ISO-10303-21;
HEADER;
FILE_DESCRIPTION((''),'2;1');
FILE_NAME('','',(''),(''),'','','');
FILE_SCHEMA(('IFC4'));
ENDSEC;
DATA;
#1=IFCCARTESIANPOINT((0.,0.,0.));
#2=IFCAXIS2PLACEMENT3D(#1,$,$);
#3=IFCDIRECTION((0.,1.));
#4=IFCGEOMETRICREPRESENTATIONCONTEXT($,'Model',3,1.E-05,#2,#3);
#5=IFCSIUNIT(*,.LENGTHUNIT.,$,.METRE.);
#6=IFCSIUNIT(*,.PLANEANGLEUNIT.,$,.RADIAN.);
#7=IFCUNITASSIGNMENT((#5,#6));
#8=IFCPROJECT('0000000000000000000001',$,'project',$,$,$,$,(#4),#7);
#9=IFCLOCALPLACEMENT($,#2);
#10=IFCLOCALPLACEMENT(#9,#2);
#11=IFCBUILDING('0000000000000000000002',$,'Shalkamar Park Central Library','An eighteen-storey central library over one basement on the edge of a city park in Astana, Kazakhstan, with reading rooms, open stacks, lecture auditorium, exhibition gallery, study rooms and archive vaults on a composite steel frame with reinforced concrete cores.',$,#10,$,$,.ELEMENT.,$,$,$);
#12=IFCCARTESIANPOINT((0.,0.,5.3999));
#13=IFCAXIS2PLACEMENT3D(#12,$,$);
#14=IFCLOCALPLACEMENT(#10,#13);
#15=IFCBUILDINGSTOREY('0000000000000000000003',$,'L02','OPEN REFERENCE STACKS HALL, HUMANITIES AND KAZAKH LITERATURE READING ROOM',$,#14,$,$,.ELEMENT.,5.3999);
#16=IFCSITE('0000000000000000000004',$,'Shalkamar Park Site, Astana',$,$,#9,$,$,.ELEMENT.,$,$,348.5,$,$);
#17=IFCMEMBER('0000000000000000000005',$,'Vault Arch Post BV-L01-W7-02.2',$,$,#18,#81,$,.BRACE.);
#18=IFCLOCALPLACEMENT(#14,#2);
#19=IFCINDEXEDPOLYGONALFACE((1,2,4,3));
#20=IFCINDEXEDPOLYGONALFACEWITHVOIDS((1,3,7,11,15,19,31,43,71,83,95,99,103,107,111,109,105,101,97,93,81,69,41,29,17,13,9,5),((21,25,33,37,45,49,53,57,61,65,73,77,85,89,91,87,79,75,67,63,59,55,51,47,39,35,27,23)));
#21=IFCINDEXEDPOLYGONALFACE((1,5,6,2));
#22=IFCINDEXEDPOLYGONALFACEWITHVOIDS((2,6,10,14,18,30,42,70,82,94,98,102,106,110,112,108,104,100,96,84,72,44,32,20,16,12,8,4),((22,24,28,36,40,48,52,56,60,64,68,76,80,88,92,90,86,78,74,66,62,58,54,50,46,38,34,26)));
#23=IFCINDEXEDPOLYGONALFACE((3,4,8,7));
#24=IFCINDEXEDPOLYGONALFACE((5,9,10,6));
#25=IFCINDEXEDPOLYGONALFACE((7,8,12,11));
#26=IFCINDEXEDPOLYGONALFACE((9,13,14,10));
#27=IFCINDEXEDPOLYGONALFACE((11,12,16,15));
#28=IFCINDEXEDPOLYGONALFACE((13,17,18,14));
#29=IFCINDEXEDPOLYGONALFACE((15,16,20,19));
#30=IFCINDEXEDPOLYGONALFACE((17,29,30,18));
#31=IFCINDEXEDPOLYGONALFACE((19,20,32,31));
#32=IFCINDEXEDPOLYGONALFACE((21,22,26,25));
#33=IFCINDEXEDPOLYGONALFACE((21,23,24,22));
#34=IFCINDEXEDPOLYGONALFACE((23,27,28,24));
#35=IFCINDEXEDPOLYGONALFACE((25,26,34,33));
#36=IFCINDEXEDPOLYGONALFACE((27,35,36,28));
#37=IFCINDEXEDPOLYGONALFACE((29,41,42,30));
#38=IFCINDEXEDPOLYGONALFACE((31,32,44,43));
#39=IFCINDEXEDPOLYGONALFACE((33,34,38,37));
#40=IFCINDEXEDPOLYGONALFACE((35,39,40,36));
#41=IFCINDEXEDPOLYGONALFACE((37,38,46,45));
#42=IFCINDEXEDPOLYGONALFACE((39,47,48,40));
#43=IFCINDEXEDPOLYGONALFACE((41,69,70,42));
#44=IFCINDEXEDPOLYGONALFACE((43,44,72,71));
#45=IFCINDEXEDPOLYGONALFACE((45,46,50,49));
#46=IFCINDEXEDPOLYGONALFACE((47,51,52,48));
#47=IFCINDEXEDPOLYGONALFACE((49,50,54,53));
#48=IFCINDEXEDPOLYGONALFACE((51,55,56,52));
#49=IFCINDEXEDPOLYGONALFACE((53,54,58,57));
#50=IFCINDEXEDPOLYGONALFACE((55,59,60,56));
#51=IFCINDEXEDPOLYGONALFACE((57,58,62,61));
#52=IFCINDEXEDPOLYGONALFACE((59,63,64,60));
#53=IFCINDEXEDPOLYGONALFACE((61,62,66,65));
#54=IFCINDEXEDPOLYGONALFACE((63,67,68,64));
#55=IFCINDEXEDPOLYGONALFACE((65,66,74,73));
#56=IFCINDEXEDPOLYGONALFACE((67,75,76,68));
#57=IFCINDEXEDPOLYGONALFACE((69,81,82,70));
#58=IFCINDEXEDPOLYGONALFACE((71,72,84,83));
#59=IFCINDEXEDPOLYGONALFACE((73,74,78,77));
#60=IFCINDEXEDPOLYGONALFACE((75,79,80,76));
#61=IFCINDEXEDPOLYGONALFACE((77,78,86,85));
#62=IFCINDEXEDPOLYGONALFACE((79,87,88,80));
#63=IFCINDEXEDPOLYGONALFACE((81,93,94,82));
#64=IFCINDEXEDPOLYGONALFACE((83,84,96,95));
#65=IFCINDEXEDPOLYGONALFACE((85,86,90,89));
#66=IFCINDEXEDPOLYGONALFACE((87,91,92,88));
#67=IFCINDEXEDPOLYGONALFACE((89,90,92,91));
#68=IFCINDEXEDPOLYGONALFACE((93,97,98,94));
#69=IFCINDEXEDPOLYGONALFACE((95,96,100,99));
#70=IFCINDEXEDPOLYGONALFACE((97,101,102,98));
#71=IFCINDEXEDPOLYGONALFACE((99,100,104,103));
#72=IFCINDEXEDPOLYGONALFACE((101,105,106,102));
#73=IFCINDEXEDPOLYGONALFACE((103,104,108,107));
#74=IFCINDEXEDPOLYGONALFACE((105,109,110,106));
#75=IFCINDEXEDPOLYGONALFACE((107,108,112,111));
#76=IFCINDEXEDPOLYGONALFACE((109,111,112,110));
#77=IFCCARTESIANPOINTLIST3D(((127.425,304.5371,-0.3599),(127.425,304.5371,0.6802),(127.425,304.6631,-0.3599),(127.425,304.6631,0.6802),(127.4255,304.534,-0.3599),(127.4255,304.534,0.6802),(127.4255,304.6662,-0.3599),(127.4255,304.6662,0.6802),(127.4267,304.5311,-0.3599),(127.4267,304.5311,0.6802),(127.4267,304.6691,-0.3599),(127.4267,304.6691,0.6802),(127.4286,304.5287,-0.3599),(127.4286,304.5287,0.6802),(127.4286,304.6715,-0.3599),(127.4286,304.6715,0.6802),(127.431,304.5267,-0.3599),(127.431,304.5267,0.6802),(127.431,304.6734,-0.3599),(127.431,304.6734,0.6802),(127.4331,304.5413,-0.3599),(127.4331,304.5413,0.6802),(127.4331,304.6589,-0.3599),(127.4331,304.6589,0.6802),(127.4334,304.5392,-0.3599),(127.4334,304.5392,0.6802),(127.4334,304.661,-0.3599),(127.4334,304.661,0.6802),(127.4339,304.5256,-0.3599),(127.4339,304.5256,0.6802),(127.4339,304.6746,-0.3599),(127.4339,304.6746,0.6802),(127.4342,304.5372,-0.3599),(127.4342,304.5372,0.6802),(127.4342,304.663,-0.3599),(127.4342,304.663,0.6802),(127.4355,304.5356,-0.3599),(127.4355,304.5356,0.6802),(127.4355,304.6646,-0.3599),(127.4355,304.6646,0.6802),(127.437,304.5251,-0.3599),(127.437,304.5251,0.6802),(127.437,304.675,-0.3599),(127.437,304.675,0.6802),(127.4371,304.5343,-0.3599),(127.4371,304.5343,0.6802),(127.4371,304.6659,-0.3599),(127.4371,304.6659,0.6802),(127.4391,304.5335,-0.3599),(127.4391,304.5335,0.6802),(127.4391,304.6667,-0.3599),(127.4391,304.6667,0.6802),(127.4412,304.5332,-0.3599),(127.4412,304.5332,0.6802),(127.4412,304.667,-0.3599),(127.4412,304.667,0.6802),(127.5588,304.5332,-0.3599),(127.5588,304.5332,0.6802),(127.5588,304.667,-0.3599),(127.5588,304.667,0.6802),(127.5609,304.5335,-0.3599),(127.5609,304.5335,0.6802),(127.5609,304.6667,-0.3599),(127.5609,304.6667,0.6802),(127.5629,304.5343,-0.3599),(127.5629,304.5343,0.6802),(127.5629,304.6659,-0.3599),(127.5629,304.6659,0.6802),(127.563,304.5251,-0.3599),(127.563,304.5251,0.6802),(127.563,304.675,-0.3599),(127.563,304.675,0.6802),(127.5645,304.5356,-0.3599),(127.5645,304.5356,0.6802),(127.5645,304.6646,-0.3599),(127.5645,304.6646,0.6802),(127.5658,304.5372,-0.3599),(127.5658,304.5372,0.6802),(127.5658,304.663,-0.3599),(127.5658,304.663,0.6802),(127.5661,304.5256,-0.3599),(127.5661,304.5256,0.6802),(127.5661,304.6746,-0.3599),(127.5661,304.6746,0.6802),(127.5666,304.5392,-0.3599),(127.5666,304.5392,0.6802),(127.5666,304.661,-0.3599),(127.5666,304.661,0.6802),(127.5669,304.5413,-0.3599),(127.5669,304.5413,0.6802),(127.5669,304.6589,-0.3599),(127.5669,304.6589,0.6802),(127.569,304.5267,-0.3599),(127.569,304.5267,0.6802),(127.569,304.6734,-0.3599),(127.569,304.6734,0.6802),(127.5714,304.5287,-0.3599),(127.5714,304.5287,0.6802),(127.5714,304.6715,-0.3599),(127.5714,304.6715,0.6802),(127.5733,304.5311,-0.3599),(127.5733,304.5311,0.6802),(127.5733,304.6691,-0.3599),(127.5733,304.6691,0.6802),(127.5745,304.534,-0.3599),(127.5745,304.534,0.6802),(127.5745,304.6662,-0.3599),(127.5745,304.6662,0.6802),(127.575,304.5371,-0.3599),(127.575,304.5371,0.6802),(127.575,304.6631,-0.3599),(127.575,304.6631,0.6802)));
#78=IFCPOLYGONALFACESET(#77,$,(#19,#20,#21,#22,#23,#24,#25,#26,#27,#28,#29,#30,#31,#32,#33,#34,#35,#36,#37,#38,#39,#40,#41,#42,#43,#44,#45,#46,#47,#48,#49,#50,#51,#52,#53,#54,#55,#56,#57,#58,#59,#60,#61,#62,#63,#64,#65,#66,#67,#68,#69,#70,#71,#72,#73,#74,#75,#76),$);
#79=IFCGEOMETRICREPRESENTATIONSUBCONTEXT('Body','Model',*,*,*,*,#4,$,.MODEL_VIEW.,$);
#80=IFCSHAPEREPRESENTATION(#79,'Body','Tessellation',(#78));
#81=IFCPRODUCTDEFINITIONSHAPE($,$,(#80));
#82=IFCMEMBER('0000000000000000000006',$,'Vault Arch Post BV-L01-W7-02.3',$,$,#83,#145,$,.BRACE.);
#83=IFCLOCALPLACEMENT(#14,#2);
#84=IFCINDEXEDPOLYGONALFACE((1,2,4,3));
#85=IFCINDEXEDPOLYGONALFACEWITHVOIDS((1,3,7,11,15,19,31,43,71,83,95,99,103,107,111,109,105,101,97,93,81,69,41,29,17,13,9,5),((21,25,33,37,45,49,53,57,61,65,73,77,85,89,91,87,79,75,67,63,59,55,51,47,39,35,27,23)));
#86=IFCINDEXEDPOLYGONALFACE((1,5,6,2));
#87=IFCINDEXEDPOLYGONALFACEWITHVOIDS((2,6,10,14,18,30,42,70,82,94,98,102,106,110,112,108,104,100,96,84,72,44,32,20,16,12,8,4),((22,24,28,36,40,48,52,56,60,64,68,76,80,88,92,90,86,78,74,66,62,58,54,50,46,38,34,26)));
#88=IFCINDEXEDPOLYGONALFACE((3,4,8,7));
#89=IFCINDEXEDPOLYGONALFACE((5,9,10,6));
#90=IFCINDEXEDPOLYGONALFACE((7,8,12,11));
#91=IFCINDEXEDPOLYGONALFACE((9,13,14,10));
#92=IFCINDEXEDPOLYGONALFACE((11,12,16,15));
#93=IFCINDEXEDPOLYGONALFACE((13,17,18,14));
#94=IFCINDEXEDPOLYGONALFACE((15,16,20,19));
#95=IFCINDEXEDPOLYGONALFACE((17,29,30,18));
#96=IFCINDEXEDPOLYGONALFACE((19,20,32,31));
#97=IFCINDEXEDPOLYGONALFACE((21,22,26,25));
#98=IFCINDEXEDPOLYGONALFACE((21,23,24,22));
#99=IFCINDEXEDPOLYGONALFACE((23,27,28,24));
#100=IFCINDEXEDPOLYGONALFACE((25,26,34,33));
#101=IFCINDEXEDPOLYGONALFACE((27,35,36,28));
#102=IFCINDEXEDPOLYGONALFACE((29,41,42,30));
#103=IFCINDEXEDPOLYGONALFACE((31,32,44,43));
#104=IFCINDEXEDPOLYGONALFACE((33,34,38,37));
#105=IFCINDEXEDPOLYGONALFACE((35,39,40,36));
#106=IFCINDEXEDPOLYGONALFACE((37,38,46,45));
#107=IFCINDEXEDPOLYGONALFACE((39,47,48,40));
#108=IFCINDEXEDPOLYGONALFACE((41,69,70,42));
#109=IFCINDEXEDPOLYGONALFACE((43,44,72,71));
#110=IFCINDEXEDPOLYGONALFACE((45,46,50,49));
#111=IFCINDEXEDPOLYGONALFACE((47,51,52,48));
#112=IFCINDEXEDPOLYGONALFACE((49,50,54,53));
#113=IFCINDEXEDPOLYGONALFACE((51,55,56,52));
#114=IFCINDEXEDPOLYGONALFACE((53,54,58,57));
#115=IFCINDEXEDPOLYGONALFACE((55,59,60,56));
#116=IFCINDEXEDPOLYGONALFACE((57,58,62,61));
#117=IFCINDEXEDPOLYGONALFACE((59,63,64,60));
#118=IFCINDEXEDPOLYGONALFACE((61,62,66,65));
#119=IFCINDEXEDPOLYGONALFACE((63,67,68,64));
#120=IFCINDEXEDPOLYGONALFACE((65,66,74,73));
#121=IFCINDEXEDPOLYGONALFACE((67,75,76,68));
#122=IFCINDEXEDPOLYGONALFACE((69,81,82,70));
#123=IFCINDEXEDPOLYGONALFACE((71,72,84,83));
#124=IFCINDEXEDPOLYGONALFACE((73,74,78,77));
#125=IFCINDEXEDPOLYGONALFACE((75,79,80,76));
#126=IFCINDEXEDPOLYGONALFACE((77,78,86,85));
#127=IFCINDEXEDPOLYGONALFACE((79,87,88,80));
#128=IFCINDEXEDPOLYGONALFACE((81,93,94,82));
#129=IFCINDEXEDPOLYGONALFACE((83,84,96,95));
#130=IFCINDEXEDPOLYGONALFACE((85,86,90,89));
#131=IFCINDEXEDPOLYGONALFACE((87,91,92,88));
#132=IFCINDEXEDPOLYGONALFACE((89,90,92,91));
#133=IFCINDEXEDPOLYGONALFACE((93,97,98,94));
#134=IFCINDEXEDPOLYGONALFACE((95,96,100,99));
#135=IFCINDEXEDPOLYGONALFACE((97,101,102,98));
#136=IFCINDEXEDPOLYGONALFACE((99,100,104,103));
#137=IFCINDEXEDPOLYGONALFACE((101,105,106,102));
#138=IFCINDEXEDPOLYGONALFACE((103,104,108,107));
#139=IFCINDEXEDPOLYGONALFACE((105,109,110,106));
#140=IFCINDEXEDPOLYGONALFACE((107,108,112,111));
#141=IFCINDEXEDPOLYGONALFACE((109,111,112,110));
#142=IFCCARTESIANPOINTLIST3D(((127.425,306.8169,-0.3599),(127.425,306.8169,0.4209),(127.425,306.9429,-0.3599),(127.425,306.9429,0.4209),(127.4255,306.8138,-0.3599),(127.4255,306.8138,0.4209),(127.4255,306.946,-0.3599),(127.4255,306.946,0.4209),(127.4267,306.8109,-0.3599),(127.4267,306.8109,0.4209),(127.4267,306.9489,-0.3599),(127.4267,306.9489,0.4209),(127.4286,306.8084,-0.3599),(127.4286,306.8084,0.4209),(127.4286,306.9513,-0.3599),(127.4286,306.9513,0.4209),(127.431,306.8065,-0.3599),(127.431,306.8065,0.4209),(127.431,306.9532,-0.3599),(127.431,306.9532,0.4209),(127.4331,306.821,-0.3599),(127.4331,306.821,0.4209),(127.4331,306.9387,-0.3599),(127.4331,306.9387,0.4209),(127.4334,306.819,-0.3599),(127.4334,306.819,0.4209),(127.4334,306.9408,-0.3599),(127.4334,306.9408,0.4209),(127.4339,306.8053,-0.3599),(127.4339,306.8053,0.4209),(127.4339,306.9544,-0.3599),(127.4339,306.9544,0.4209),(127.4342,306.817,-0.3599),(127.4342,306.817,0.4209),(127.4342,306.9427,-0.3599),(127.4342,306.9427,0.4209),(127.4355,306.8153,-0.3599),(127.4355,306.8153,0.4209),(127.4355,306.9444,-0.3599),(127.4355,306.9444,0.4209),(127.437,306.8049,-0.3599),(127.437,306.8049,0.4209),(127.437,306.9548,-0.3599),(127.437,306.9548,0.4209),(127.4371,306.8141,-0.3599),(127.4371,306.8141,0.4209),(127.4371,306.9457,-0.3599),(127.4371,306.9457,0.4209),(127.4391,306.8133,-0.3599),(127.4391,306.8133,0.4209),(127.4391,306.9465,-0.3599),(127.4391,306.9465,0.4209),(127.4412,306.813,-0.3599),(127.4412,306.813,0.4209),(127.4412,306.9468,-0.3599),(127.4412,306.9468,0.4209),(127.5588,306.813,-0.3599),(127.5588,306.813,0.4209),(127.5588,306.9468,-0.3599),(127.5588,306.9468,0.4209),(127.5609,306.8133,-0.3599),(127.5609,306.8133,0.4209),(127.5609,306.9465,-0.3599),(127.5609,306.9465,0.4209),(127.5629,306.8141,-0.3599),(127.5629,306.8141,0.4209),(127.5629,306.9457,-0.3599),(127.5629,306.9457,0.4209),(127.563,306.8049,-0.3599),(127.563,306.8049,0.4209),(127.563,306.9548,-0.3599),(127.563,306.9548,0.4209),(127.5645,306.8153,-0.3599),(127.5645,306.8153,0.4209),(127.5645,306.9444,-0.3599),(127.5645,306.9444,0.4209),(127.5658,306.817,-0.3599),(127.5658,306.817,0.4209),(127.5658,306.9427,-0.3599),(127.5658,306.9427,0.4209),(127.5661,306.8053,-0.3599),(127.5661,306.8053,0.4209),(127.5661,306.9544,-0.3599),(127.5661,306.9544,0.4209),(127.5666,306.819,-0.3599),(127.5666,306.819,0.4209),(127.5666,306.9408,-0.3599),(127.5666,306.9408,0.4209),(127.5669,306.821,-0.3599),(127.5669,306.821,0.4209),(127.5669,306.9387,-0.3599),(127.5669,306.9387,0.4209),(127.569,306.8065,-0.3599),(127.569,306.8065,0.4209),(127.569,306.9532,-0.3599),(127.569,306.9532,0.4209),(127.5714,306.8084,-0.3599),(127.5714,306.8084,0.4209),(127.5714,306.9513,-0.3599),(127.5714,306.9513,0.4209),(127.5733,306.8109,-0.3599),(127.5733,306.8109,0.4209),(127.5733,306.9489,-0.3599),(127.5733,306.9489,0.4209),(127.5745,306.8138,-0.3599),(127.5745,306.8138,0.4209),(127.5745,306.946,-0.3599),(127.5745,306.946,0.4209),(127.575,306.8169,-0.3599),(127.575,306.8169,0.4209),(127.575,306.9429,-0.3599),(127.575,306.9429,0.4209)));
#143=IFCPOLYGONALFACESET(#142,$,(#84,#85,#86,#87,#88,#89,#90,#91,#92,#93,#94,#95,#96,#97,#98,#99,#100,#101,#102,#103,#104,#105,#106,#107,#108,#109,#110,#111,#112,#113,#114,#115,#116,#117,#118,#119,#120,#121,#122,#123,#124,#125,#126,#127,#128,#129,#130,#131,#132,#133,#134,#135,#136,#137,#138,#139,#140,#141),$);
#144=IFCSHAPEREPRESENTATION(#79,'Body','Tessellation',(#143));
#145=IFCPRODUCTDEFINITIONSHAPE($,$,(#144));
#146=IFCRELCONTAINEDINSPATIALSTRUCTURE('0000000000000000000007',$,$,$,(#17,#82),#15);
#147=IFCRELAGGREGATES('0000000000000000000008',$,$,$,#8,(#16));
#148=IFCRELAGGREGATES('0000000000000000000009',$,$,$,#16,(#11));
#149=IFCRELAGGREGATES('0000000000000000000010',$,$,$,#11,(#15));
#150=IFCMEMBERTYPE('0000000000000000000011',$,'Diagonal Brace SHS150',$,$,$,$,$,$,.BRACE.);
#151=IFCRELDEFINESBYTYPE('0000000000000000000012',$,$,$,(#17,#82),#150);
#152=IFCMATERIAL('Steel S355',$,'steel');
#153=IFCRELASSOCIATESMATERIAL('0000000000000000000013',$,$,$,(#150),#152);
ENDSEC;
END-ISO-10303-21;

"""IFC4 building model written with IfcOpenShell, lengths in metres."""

from ifc_helpers import new_model, si_unit, direction, frame, origin, origin_2d, place, context, subcontext, project, spatial, hollow_rectangle, extrude, material, material_profile, profile_set, type_object, element, save


model = new_model("IFC4")

# Units and contexts
model_context = context("Model", 3, precision=1e-05, world=origin(), true_north=direction((0.0, 1.0)))
body_context = subcontext(model_context, "Body", "Model", "MODEL_VIEW")
ifc_project = project(units=[si_unit("LENGTHUNIT", "METRE"), si_unit("PLANEANGLEUNIT", "RADIAN")], contexts=[model_context])

# Site, building, storey
site_placement = place(None, origin())
site = spatial("IfcSite", under=ifc_project, at=site_placement, Name="Shalkamar Park Site, Astana", CompositionType="ELEMENT", RefElevation=348.5)
building_placement = place(site_placement, origin())
building = spatial("IfcBuilding", under=site, at=building_placement, Name="Shalkamar Park Central Library", Description="An eighteen-storey central library over one basement on the edge of a city park in Astana, Kazakhstan, with reading rooms, open stacks, lecture auditorium, exhibition gallery, study rooms and archive vaults on a composite steel frame with reinforced concrete cores.", CompositionType="ELEMENT")
storey_placement = place(building_placement, frame((0.0, 0.0, 5.3999)))
storey = spatial("IfcBuildingStorey", under=building, at=storey_placement, Name="L02", Description="OPEN REFERENCE STACKS HALL, HUMANITIES AND KAZAKH LITERATURE READING ROOM", CompositionType="ELEMENT", Elevation=5.3999)

# Shared definitions
ifc_material_1 = material(Name="Steel S355", Category="steel")

# Members
ifc_material_profile_1 = material_profile(ifc_material_1, hollow_rectangle(XDim=0.1499, YDim=0.1499, WallThickness=0.0081, InnerFilletRadius=0.0081, OuterFilletRadius=0.012, at=origin_2d()), Name="SHS 150x150x8")
ifc_profile_set_1 = profile_set([ifc_material_profile_1], Name="Steel S355")
member_type_1 = type_object("IfcMemberType", Name="Diagonal Brace SHS150", PredefinedType="BRACE", material=ifc_profile_set_1)
member_1_placement = place(storey_placement, frame((127.5, 304.6001, -0.3599), z_axis=(0.0, 0.0, 1.0), x_axis=(1.0, 0.0, 0.0)))
element("IfcMember", 1, at=member_1_placement, inside=storey, type_object=member_type_1, Name="Vault Arch Post BV-L01-W7-02.2", PredefinedType="BRACE", context=body_context, shape_type="SweptSolid", body=[
    extrude(hollow_rectangle(XDim=0.1499, YDim=0.1499, WallThickness=0.0081, InnerFilletRadius=0.0081, OuterFilletRadius=0.012, at=origin_2d()), origin(), (0.0, 0.0, 1.0), 1.04),
])
for number, where, z_axis, x_axis, name in (
    (2, (127.5, 306.8799, -0.3599), (0.0, 0.0, 1.0), (1.0, 0.0, 0.0), "Vault Arch Post BV-L01-W7-02.3"),
):
    element("IfcMember", number, at=place(storey_placement, frame(where, z_axis=z_axis, x_axis=x_axis)), inside=storey, type_object=member_type_1, Name=name, PredefinedType="BRACE", context=body_context, shape_type="SweptSolid", body=[
        extrude(hollow_rectangle(XDim=0.1499, YDim=0.1499, WallThickness=0.0081, InnerFilletRadius=0.0081, OuterFilletRadius=0.012, at=origin_2d()), origin(), (0.0, 0.0, 1.0), 0.7808),
    ])

save(model, "model.ifc")
